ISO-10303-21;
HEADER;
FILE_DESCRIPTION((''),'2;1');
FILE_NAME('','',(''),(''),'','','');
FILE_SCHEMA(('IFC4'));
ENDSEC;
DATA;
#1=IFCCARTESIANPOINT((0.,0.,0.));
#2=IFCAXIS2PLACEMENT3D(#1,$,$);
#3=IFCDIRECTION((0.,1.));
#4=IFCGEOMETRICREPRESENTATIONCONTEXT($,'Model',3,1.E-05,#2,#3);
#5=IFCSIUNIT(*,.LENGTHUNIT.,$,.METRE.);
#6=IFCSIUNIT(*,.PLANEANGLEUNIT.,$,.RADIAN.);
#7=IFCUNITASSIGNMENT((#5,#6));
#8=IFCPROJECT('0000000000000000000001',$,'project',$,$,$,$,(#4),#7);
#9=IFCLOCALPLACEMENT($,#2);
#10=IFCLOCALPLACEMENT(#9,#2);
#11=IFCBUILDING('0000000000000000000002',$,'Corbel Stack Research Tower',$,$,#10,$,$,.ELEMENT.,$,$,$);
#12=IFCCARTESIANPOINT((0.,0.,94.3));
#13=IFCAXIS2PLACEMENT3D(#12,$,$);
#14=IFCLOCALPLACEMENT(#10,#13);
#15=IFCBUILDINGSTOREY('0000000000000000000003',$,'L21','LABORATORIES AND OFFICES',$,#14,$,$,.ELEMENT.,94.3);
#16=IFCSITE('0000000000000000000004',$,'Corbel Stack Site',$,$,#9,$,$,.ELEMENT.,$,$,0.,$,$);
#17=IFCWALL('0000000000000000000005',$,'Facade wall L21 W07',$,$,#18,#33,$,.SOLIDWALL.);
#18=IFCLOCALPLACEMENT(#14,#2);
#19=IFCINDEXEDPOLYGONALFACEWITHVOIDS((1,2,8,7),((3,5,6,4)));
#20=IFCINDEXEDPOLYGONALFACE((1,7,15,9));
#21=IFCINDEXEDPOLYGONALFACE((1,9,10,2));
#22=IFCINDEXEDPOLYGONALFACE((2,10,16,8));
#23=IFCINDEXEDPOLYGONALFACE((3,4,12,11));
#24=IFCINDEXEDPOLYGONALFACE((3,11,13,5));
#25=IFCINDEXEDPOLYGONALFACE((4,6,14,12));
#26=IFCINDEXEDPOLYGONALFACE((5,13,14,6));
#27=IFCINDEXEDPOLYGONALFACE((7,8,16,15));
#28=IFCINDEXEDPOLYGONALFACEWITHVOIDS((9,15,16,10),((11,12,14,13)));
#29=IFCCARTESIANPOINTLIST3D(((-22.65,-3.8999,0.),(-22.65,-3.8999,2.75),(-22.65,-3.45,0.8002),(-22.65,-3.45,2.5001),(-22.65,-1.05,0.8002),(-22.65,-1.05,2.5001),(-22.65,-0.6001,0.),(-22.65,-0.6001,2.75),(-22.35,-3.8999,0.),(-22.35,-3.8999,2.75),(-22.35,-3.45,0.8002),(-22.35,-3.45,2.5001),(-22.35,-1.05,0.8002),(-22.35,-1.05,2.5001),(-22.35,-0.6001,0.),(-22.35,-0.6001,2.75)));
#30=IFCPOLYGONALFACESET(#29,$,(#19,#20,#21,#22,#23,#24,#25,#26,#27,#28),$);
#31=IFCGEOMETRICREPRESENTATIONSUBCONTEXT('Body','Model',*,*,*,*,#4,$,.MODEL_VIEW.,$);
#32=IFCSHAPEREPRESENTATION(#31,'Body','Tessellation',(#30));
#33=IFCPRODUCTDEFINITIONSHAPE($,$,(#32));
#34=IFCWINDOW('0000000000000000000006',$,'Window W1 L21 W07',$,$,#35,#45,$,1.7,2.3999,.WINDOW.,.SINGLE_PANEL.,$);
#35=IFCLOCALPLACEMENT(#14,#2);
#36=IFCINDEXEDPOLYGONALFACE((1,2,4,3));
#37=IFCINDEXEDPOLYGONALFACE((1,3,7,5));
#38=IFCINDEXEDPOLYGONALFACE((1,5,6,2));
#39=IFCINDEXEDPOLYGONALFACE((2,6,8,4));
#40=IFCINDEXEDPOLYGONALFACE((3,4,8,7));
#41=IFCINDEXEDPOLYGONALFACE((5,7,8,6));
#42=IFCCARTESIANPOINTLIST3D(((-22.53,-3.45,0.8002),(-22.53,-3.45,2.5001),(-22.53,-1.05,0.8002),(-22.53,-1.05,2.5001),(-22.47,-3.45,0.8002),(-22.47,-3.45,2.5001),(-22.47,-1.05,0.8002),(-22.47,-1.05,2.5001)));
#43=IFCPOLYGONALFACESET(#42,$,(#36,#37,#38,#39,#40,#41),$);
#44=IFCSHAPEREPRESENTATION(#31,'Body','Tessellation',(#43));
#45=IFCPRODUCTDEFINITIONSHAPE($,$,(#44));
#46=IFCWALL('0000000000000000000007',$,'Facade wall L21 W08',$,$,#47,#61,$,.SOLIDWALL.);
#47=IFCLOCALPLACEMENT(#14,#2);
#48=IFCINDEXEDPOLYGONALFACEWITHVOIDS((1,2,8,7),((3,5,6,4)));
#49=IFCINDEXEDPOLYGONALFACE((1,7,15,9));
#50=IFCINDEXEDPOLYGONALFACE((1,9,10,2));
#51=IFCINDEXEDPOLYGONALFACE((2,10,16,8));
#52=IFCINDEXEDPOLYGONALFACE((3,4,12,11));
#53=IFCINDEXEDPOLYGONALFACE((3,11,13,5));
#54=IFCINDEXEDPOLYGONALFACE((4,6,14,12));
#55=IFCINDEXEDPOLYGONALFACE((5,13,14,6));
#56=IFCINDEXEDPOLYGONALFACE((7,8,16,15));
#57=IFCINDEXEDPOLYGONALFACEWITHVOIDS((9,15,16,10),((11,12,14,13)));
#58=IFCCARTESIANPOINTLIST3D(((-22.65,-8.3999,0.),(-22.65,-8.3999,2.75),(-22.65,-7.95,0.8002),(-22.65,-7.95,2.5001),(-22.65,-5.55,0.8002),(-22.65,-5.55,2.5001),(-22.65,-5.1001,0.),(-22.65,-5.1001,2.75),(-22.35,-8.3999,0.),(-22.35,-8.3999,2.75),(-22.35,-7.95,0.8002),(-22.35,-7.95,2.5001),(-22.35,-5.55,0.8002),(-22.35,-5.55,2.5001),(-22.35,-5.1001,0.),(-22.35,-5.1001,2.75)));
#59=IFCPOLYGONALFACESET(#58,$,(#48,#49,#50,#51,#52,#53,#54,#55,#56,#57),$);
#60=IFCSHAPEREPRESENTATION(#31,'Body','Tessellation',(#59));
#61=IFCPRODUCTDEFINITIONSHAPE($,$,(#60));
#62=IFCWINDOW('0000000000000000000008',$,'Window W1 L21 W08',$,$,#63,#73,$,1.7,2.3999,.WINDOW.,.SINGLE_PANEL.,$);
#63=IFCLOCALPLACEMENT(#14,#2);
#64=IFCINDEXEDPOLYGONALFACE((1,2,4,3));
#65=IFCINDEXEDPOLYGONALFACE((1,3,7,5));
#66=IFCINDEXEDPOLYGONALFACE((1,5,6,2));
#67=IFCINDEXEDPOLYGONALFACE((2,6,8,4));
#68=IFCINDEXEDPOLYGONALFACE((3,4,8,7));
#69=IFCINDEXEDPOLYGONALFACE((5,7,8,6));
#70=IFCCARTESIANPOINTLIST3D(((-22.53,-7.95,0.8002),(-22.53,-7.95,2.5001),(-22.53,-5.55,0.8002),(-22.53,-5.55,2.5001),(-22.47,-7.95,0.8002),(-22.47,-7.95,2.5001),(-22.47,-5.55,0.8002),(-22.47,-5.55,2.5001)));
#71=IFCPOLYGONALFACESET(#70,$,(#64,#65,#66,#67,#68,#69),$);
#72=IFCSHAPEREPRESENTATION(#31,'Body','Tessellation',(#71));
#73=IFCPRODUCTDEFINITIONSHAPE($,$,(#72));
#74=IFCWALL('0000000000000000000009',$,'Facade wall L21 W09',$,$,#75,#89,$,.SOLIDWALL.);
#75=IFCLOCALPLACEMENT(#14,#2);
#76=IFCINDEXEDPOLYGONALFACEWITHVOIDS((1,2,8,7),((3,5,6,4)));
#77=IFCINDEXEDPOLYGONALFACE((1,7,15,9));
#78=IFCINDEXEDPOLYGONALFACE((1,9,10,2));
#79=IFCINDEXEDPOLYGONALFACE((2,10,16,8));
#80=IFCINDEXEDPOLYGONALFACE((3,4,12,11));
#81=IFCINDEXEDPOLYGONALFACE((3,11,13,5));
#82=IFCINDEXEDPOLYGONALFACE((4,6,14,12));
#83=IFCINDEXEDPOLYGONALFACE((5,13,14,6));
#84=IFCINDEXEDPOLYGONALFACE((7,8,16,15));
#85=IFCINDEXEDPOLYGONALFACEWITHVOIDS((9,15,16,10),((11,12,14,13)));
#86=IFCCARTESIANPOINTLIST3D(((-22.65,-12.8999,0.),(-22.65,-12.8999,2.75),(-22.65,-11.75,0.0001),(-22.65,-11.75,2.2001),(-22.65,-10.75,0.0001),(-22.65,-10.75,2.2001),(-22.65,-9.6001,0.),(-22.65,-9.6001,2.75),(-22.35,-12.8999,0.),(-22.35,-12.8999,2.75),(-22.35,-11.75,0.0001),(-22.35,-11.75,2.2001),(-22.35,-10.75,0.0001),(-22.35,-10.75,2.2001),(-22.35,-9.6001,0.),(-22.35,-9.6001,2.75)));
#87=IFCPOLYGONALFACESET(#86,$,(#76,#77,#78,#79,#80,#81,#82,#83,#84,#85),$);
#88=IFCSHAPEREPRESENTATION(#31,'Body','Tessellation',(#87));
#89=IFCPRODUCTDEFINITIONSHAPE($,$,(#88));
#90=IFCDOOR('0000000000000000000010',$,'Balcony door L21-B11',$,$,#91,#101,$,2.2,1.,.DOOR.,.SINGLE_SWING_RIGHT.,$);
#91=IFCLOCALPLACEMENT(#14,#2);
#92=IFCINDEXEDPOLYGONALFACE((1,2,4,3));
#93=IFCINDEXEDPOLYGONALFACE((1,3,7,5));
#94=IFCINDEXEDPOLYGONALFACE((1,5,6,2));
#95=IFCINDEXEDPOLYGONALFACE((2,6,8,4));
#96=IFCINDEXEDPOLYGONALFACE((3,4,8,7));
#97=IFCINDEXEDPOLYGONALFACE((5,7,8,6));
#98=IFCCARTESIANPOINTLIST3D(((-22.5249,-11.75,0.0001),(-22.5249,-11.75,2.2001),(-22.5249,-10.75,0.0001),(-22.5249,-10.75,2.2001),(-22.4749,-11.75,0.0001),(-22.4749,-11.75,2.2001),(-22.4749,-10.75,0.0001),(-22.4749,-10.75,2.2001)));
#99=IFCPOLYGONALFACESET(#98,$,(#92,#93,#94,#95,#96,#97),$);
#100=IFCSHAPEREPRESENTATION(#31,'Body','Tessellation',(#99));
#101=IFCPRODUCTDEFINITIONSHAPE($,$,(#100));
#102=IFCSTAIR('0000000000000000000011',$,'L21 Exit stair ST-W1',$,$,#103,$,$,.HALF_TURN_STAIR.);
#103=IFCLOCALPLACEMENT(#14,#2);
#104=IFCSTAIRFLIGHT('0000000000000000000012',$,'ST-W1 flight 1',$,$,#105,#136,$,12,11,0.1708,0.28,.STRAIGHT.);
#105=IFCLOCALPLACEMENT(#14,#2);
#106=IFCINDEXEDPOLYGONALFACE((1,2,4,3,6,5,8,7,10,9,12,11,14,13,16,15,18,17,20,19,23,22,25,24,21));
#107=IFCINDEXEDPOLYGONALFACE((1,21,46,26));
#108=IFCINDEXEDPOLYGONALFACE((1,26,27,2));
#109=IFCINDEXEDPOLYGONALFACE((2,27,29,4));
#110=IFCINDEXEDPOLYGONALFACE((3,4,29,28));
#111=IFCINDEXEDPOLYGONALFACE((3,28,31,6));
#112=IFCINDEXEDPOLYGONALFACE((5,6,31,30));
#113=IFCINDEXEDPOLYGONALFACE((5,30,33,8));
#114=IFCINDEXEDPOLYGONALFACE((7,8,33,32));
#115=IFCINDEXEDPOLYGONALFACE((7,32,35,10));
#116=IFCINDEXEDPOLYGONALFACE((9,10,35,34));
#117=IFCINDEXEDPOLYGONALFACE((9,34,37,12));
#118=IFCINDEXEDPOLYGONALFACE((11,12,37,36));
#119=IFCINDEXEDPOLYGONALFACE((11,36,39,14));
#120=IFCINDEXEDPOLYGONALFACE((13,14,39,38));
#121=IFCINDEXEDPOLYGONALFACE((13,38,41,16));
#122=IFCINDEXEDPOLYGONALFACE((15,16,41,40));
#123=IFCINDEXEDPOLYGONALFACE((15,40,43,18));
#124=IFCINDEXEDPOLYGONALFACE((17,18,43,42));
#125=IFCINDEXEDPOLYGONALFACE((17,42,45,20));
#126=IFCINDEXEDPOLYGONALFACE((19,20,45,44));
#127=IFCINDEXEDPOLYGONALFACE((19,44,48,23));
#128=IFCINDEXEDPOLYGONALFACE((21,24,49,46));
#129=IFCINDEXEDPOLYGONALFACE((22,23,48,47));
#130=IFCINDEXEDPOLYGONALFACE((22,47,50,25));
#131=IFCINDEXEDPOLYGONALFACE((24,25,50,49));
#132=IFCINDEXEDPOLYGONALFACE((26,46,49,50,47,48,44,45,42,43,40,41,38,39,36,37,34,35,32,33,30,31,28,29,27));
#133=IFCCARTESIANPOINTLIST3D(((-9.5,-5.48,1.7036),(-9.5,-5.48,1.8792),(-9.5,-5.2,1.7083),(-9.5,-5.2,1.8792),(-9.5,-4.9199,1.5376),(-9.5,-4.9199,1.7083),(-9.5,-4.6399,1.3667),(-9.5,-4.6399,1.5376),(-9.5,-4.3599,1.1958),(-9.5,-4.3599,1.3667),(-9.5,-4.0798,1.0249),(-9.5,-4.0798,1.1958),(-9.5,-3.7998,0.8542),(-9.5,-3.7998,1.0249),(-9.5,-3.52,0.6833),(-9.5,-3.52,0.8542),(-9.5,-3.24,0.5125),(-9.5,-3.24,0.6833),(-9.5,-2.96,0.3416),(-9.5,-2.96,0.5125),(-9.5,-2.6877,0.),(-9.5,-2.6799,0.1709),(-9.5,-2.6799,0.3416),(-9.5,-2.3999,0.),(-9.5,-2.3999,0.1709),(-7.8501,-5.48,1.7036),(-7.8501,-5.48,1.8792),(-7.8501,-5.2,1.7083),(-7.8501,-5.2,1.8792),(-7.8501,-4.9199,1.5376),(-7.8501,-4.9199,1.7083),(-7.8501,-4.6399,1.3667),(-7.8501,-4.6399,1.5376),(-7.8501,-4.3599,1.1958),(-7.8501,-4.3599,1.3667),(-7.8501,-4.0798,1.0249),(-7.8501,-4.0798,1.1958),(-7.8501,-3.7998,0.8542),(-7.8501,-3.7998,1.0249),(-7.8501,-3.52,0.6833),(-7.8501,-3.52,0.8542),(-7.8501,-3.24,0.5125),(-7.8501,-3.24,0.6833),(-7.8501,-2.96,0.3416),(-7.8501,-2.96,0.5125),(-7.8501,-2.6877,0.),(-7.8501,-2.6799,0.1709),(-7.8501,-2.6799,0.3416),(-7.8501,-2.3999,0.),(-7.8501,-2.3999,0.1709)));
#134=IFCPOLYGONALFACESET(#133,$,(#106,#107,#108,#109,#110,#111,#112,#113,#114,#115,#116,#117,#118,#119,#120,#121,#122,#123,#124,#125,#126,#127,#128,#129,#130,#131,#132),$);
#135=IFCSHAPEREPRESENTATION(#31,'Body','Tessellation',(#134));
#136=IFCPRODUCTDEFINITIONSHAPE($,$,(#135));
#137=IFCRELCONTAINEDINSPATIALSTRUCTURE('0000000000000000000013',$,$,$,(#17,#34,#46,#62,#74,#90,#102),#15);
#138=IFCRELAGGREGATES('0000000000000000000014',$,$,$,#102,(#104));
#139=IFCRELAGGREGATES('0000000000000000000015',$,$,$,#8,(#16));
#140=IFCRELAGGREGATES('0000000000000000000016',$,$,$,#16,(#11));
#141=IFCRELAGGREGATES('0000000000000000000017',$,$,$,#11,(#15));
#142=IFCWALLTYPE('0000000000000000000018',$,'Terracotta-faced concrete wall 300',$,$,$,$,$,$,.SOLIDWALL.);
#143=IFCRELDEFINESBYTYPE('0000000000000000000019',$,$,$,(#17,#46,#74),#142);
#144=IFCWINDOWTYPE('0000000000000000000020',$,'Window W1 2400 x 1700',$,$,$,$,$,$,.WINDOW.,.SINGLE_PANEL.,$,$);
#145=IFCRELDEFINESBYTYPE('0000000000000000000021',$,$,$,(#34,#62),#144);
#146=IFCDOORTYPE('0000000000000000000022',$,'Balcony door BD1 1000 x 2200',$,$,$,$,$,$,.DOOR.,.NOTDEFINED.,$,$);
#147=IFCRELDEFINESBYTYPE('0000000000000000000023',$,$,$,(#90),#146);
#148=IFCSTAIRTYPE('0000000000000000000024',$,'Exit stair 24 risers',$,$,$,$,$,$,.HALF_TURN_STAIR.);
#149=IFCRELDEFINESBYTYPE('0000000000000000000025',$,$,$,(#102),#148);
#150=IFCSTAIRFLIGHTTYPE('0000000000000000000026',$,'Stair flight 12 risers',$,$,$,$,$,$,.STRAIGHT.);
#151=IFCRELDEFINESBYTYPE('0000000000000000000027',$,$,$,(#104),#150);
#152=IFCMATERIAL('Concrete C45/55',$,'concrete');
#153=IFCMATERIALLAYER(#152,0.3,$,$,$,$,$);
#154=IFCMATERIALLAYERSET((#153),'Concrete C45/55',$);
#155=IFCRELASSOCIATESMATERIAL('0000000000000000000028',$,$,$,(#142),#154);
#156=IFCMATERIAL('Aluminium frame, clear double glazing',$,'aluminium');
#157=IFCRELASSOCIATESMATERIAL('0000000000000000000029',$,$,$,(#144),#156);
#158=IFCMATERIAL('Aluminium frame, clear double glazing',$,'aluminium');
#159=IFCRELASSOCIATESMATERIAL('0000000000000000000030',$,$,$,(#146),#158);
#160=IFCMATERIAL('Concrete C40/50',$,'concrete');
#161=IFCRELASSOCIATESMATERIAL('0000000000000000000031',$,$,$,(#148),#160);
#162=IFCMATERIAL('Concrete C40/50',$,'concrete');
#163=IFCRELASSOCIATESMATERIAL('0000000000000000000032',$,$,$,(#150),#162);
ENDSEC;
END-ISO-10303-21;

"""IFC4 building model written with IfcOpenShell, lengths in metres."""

from ifc_helpers import new_model, si_unit, direction, frame, frame_2d, origin, place, context, subcontext, project, spatial, polyline, rectangle, outline, extrude, material, layer, layer_set, type_object, element, fill, aggregate, save


model = new_model("IFC4")

# Units and contexts
model_context = context("Model", 3, precision=1e-05, world=origin(), true_north=direction((0.0, 1.0)))
body_context = subcontext(model_context, "Body", "Model", "MODEL_VIEW")
ifc_project = project(units=[si_unit("LENGTHUNIT", "METRE"), si_unit("PLANEANGLEUNIT", "RADIAN")], contexts=[model_context])

# Site, building, storey
site_placement = place(None, origin())
site = spatial("IfcSite", under=ifc_project, at=site_placement, Name="Corbel Stack Site", CompositionType="ELEMENT", RefElevation=0.0)
building_placement = place(site_placement, origin())
building = spatial("IfcBuilding", under=site, at=building_placement, Name="Corbel Stack Research Tower", CompositionType="ELEMENT")
storey_placement = place(building_placement, frame((0.0, 0.0, 94.3)))
storey = spatial("IfcBuildingStorey", under=building, at=storey_placement, Name="L21", Description="LABORATORIES AND OFFICES", CompositionType="ELEMENT", Elevation=94.3)

# Walls, openings, windows
ifc_material_1 = material(Name="Concrete C45/55", Category="concrete")
ifc_layer_1 = layer(ifc_material_1, 0.3)
ifc_layer_set_1 = layer_set([ifc_layer_1], Name="Concrete C45/55")
wall_type_1 = type_object("IfcWallType", Name="Terracotta-faced concrete wall 300", PredefinedType="SOLIDWALL", material=ifc_layer_set_1)
wall_1_placement = place(storey_placement, frame((-22.5, -3.8999, 0.0), z_axis=(0.0, 0.0, 1.0), x_axis=(0.0, 1.0, 0.0)))
wall_1 = element("IfcWall", 1, at=wall_1_placement, inside=storey, type_object=wall_type_1, Name="Facade wall L21 W07", PredefinedType="SOLIDWALL", context=body_context, shape_type="SweptSolid", body=[
    extrude(rectangle(XDim=3.2998, YDim=0.3, at=frame_2d((1.6499, 0.0))), origin(), (0.0, 0.0, 1.0), 2.75),
])
opening_1_placement = place(wall_1_placement, frame((0.45, 0.0, 0.8)))
opening_1 = element("IfcOpeningElement", 2, at=opening_1_placement, cuts=wall_1, PredefinedType="OPENING", context=body_context, shape_type="SweptSolid", body=[
    extrude(rectangle(XDim=2.3999, YDim=1.7, at=frame_2d((1.2, 0.8501))), frame((0.0, 0.1599, 0.0), z_axis=(0.0, -1.0, 0.0), x_axis=(1.0, 0.0, 0.0)), (0.0, 0.0, 1.0), 0.3201),
])
ifc_material_2 = material(Name="Aluminium frame, clear double glazing", Category="aluminium")
window_type = type_object("IfcWindowType", Name="Window W1 2400 x 1700", PartitioningType="SINGLE_PANEL", PredefinedType="WINDOW", material=ifc_material_2)
window_1_placement = place(opening_1_placement, origin())
window_1 = element("IfcWindow", 3, at=window_1_placement, inside=storey, type_object=window_type, Name="Window W1 L21 W07", OverallHeight=1.7, OverallWidth=2.3999, PartitioningType="SINGLE_PANEL", PredefinedType="WINDOW", context=body_context, shape_type="SweptSolid", body=[
    extrude(rectangle(XDim=2.3999, YDim=1.7, at=frame_2d((1.2, 0.8501))), frame((0.0, 0.03, 0.0), z_axis=(0.0, -1.0, 0.0), x_axis=(1.0, 0.0, 0.0)), (0.0, 0.0, 1.0), 0.0601),
])
fill(opening_1, window_1)
wall_2_placement = place(storey_placement, frame((-22.5, -8.3999, 0.0), z_axis=(0.0, 0.0, 1.0), x_axis=(0.0, 1.0, 0.0)))
wall_2 = element("IfcWall", 4, at=wall_2_placement, inside=storey, type_object=wall_type_1, Name="Facade wall L21 W08", PredefinedType="SOLIDWALL", context=body_context, shape_type="SweptSolid", body=[
    extrude(rectangle(XDim=3.2998, YDim=0.3, at=frame_2d((1.6499, 0.0))), origin(), (0.0, 0.0, 1.0), 2.75),
])
opening_2_placement = place(wall_2_placement, frame((0.45, 0.0, 0.8)))
opening_2 = element("IfcOpeningElement", 5, at=opening_2_placement, cuts=wall_2, PredefinedType="OPENING", context=body_context, shape_type="SweptSolid", body=[
    extrude(rectangle(XDim=2.3999, YDim=1.7, at=frame_2d((1.2, 0.8501))), frame((0.0, 0.1599, 0.0), z_axis=(0.0, -1.0, 0.0), x_axis=(1.0, 0.0, 0.0)), (0.0, 0.0, 1.0), 0.3201),
])
window_2_placement = place(opening_2_placement, origin())
window_2 = element("IfcWindow", 6, at=window_2_placement, inside=storey, type_object=window_type, Name="Window W1 L21 W08", OverallHeight=1.7, OverallWidth=2.3999, PartitioningType="SINGLE_PANEL", PredefinedType="WINDOW", context=body_context, shape_type="SweptSolid", body=[
    extrude(rectangle(XDim=2.3999, YDim=1.7, at=frame_2d((1.2, 0.8501))), frame((0.0, 0.03, 0.0), z_axis=(0.0, -1.0, 0.0), x_axis=(1.0, 0.0, 0.0)), (0.0, 0.0, 1.0), 0.0601),
])
fill(opening_2, window_2)

# Wall, opening, door
wall_3_placement = place(storey_placement, frame((-22.5, -12.8999, 0.0), z_axis=(0.0, 0.0, 1.0), x_axis=(0.0, 1.0, 0.0)))
wall_3 = element("IfcWall", 7, at=wall_3_placement, inside=storey, type_object=wall_type_1, Name="Facade wall L21 W09", PredefinedType="SOLIDWALL", context=body_context, shape_type="SweptSolid", body=[
    extrude(rectangle(XDim=3.2998, YDim=0.3, at=frame_2d((1.6499, 0.0))), origin(), (0.0, 0.0, 1.0), 2.75),
])
opening_3_placement = place(wall_3_placement, frame((1.1499, 0.0, 0.0)))
opening_3 = element("IfcOpeningElement", 8, at=opening_3_placement, cuts=wall_3, PredefinedType="OPENING", context=body_context, shape_type="SweptSolid", body=[
    extrude(rectangle(XDim=1.0, YDim=2.2, at=frame_2d((0.5, 1.1001))), frame((0.0, 0.1599, 0.0), z_axis=(0.0, -1.0, 0.0), x_axis=(1.0, 0.0, 0.0)), (0.0, 0.0, 1.0), 0.3201),
])
ifc_material_3 = material(Name="Aluminium frame, clear double glazing", Category="aluminium")
door_type_1 = type_object("IfcDoorType", Name="Balcony door BD1 1000 x 2200", OperationType="NOTDEFINED", PredefinedType="DOOR", material=ifc_material_3)
door_1_placement = place(opening_3_placement, origin())
door_1 = element("IfcDoor", 9, at=door_1_placement, inside=storey, type_object=door_type_1, Name="Balcony door L21-B11", OperationType="SINGLE_SWING_RIGHT", OverallHeight=2.2, OverallWidth=1.0, PredefinedType="DOOR", context=body_context, shape_type="SweptSolid", body=[
    extrude(rectangle(XDim=1.0, YDim=2.2, at=frame_2d((0.5, 1.1001))), frame((0.0, 0.0249, 0.0), z_axis=(0.0, -1.0, 0.0), x_axis=(1.0, 0.0, 0.0)), (0.0, 0.0, 1.0), 0.05),
])
fill(opening_3, door_1)

# Stair, stair flight
ifc_material_4 = material(Name="Concrete C40/50", Category="concrete")
stair_type = type_object("IfcStairType", Name="Exit stair 24 risers", PredefinedType="HALF_TURN_STAIR", material=ifc_material_4)
stair_placement = place(storey_placement, origin())
stair = element("IfcStair", 10, at=stair_placement, inside=storey, type_object=stair_type, Name="L21 Exit stair ST-W1", PredefinedType="HALF_TURN_STAIR")
ifc_material_5 = material(Name="Concrete C40/50", Category="concrete")
stair_flight_type = type_object("IfcStairFlightType", Name="Stair flight 12 risers", PredefinedType="STRAIGHT", material=ifc_material_5)
stair_flight_placement = place(storey_placement, frame((-8.675, -2.3999, 0.0), z_axis=(0.0, 0.0, 1.0), x_axis=(0.0, -1.0, 0.0)))
stair_flight = element("IfcStairFlight", 11, at=stair_flight_placement, type_object=stair_flight_type, Name="ST-W1 flight 1", NumberOfRisers=12, NumberOfTreads=11, PredefinedType="STRAIGHT", RiserHeight=0.1708, TreadLength=0.28, context=body_context, shape_type="SweptSolid", body=[
    extrude(outline(polyline([(0.0, 0.0), (0.0, 0.1709), (0.28, 0.1709), (0.28, 0.3416), (0.5601, 0.3416), (0.5601, 0.5125), (0.8401, 0.5125), (0.8401, 0.6833), (1.1201, 0.6833), (1.1201, 0.8542), (1.3999, 0.8542), (1.3999, 1.0249), (1.6799, 1.0249), (1.6799, 1.1958), (1.96, 1.1958), (1.96, 1.3667), (2.24, 1.3667), (2.24, 1.5376), (2.52, 1.5376), (2.52, 1.7083), (2.8, 1.7083), (2.8, 1.8792), (3.0801, 1.8792), (3.0801, 2.05), (3.0801, 1.7036), (0.2878, 0.0), (0.0, 0.0)])), frame((0.0, 0.825, 0.0), z_axis=(0.0, -1.0, 0.0), x_axis=(1.0, 0.0, 0.0)), (0.0, 0.0, 1.0), 1.6499),
])
aggregate(stair, [stair_flight])

save(model, "model.ifc")
